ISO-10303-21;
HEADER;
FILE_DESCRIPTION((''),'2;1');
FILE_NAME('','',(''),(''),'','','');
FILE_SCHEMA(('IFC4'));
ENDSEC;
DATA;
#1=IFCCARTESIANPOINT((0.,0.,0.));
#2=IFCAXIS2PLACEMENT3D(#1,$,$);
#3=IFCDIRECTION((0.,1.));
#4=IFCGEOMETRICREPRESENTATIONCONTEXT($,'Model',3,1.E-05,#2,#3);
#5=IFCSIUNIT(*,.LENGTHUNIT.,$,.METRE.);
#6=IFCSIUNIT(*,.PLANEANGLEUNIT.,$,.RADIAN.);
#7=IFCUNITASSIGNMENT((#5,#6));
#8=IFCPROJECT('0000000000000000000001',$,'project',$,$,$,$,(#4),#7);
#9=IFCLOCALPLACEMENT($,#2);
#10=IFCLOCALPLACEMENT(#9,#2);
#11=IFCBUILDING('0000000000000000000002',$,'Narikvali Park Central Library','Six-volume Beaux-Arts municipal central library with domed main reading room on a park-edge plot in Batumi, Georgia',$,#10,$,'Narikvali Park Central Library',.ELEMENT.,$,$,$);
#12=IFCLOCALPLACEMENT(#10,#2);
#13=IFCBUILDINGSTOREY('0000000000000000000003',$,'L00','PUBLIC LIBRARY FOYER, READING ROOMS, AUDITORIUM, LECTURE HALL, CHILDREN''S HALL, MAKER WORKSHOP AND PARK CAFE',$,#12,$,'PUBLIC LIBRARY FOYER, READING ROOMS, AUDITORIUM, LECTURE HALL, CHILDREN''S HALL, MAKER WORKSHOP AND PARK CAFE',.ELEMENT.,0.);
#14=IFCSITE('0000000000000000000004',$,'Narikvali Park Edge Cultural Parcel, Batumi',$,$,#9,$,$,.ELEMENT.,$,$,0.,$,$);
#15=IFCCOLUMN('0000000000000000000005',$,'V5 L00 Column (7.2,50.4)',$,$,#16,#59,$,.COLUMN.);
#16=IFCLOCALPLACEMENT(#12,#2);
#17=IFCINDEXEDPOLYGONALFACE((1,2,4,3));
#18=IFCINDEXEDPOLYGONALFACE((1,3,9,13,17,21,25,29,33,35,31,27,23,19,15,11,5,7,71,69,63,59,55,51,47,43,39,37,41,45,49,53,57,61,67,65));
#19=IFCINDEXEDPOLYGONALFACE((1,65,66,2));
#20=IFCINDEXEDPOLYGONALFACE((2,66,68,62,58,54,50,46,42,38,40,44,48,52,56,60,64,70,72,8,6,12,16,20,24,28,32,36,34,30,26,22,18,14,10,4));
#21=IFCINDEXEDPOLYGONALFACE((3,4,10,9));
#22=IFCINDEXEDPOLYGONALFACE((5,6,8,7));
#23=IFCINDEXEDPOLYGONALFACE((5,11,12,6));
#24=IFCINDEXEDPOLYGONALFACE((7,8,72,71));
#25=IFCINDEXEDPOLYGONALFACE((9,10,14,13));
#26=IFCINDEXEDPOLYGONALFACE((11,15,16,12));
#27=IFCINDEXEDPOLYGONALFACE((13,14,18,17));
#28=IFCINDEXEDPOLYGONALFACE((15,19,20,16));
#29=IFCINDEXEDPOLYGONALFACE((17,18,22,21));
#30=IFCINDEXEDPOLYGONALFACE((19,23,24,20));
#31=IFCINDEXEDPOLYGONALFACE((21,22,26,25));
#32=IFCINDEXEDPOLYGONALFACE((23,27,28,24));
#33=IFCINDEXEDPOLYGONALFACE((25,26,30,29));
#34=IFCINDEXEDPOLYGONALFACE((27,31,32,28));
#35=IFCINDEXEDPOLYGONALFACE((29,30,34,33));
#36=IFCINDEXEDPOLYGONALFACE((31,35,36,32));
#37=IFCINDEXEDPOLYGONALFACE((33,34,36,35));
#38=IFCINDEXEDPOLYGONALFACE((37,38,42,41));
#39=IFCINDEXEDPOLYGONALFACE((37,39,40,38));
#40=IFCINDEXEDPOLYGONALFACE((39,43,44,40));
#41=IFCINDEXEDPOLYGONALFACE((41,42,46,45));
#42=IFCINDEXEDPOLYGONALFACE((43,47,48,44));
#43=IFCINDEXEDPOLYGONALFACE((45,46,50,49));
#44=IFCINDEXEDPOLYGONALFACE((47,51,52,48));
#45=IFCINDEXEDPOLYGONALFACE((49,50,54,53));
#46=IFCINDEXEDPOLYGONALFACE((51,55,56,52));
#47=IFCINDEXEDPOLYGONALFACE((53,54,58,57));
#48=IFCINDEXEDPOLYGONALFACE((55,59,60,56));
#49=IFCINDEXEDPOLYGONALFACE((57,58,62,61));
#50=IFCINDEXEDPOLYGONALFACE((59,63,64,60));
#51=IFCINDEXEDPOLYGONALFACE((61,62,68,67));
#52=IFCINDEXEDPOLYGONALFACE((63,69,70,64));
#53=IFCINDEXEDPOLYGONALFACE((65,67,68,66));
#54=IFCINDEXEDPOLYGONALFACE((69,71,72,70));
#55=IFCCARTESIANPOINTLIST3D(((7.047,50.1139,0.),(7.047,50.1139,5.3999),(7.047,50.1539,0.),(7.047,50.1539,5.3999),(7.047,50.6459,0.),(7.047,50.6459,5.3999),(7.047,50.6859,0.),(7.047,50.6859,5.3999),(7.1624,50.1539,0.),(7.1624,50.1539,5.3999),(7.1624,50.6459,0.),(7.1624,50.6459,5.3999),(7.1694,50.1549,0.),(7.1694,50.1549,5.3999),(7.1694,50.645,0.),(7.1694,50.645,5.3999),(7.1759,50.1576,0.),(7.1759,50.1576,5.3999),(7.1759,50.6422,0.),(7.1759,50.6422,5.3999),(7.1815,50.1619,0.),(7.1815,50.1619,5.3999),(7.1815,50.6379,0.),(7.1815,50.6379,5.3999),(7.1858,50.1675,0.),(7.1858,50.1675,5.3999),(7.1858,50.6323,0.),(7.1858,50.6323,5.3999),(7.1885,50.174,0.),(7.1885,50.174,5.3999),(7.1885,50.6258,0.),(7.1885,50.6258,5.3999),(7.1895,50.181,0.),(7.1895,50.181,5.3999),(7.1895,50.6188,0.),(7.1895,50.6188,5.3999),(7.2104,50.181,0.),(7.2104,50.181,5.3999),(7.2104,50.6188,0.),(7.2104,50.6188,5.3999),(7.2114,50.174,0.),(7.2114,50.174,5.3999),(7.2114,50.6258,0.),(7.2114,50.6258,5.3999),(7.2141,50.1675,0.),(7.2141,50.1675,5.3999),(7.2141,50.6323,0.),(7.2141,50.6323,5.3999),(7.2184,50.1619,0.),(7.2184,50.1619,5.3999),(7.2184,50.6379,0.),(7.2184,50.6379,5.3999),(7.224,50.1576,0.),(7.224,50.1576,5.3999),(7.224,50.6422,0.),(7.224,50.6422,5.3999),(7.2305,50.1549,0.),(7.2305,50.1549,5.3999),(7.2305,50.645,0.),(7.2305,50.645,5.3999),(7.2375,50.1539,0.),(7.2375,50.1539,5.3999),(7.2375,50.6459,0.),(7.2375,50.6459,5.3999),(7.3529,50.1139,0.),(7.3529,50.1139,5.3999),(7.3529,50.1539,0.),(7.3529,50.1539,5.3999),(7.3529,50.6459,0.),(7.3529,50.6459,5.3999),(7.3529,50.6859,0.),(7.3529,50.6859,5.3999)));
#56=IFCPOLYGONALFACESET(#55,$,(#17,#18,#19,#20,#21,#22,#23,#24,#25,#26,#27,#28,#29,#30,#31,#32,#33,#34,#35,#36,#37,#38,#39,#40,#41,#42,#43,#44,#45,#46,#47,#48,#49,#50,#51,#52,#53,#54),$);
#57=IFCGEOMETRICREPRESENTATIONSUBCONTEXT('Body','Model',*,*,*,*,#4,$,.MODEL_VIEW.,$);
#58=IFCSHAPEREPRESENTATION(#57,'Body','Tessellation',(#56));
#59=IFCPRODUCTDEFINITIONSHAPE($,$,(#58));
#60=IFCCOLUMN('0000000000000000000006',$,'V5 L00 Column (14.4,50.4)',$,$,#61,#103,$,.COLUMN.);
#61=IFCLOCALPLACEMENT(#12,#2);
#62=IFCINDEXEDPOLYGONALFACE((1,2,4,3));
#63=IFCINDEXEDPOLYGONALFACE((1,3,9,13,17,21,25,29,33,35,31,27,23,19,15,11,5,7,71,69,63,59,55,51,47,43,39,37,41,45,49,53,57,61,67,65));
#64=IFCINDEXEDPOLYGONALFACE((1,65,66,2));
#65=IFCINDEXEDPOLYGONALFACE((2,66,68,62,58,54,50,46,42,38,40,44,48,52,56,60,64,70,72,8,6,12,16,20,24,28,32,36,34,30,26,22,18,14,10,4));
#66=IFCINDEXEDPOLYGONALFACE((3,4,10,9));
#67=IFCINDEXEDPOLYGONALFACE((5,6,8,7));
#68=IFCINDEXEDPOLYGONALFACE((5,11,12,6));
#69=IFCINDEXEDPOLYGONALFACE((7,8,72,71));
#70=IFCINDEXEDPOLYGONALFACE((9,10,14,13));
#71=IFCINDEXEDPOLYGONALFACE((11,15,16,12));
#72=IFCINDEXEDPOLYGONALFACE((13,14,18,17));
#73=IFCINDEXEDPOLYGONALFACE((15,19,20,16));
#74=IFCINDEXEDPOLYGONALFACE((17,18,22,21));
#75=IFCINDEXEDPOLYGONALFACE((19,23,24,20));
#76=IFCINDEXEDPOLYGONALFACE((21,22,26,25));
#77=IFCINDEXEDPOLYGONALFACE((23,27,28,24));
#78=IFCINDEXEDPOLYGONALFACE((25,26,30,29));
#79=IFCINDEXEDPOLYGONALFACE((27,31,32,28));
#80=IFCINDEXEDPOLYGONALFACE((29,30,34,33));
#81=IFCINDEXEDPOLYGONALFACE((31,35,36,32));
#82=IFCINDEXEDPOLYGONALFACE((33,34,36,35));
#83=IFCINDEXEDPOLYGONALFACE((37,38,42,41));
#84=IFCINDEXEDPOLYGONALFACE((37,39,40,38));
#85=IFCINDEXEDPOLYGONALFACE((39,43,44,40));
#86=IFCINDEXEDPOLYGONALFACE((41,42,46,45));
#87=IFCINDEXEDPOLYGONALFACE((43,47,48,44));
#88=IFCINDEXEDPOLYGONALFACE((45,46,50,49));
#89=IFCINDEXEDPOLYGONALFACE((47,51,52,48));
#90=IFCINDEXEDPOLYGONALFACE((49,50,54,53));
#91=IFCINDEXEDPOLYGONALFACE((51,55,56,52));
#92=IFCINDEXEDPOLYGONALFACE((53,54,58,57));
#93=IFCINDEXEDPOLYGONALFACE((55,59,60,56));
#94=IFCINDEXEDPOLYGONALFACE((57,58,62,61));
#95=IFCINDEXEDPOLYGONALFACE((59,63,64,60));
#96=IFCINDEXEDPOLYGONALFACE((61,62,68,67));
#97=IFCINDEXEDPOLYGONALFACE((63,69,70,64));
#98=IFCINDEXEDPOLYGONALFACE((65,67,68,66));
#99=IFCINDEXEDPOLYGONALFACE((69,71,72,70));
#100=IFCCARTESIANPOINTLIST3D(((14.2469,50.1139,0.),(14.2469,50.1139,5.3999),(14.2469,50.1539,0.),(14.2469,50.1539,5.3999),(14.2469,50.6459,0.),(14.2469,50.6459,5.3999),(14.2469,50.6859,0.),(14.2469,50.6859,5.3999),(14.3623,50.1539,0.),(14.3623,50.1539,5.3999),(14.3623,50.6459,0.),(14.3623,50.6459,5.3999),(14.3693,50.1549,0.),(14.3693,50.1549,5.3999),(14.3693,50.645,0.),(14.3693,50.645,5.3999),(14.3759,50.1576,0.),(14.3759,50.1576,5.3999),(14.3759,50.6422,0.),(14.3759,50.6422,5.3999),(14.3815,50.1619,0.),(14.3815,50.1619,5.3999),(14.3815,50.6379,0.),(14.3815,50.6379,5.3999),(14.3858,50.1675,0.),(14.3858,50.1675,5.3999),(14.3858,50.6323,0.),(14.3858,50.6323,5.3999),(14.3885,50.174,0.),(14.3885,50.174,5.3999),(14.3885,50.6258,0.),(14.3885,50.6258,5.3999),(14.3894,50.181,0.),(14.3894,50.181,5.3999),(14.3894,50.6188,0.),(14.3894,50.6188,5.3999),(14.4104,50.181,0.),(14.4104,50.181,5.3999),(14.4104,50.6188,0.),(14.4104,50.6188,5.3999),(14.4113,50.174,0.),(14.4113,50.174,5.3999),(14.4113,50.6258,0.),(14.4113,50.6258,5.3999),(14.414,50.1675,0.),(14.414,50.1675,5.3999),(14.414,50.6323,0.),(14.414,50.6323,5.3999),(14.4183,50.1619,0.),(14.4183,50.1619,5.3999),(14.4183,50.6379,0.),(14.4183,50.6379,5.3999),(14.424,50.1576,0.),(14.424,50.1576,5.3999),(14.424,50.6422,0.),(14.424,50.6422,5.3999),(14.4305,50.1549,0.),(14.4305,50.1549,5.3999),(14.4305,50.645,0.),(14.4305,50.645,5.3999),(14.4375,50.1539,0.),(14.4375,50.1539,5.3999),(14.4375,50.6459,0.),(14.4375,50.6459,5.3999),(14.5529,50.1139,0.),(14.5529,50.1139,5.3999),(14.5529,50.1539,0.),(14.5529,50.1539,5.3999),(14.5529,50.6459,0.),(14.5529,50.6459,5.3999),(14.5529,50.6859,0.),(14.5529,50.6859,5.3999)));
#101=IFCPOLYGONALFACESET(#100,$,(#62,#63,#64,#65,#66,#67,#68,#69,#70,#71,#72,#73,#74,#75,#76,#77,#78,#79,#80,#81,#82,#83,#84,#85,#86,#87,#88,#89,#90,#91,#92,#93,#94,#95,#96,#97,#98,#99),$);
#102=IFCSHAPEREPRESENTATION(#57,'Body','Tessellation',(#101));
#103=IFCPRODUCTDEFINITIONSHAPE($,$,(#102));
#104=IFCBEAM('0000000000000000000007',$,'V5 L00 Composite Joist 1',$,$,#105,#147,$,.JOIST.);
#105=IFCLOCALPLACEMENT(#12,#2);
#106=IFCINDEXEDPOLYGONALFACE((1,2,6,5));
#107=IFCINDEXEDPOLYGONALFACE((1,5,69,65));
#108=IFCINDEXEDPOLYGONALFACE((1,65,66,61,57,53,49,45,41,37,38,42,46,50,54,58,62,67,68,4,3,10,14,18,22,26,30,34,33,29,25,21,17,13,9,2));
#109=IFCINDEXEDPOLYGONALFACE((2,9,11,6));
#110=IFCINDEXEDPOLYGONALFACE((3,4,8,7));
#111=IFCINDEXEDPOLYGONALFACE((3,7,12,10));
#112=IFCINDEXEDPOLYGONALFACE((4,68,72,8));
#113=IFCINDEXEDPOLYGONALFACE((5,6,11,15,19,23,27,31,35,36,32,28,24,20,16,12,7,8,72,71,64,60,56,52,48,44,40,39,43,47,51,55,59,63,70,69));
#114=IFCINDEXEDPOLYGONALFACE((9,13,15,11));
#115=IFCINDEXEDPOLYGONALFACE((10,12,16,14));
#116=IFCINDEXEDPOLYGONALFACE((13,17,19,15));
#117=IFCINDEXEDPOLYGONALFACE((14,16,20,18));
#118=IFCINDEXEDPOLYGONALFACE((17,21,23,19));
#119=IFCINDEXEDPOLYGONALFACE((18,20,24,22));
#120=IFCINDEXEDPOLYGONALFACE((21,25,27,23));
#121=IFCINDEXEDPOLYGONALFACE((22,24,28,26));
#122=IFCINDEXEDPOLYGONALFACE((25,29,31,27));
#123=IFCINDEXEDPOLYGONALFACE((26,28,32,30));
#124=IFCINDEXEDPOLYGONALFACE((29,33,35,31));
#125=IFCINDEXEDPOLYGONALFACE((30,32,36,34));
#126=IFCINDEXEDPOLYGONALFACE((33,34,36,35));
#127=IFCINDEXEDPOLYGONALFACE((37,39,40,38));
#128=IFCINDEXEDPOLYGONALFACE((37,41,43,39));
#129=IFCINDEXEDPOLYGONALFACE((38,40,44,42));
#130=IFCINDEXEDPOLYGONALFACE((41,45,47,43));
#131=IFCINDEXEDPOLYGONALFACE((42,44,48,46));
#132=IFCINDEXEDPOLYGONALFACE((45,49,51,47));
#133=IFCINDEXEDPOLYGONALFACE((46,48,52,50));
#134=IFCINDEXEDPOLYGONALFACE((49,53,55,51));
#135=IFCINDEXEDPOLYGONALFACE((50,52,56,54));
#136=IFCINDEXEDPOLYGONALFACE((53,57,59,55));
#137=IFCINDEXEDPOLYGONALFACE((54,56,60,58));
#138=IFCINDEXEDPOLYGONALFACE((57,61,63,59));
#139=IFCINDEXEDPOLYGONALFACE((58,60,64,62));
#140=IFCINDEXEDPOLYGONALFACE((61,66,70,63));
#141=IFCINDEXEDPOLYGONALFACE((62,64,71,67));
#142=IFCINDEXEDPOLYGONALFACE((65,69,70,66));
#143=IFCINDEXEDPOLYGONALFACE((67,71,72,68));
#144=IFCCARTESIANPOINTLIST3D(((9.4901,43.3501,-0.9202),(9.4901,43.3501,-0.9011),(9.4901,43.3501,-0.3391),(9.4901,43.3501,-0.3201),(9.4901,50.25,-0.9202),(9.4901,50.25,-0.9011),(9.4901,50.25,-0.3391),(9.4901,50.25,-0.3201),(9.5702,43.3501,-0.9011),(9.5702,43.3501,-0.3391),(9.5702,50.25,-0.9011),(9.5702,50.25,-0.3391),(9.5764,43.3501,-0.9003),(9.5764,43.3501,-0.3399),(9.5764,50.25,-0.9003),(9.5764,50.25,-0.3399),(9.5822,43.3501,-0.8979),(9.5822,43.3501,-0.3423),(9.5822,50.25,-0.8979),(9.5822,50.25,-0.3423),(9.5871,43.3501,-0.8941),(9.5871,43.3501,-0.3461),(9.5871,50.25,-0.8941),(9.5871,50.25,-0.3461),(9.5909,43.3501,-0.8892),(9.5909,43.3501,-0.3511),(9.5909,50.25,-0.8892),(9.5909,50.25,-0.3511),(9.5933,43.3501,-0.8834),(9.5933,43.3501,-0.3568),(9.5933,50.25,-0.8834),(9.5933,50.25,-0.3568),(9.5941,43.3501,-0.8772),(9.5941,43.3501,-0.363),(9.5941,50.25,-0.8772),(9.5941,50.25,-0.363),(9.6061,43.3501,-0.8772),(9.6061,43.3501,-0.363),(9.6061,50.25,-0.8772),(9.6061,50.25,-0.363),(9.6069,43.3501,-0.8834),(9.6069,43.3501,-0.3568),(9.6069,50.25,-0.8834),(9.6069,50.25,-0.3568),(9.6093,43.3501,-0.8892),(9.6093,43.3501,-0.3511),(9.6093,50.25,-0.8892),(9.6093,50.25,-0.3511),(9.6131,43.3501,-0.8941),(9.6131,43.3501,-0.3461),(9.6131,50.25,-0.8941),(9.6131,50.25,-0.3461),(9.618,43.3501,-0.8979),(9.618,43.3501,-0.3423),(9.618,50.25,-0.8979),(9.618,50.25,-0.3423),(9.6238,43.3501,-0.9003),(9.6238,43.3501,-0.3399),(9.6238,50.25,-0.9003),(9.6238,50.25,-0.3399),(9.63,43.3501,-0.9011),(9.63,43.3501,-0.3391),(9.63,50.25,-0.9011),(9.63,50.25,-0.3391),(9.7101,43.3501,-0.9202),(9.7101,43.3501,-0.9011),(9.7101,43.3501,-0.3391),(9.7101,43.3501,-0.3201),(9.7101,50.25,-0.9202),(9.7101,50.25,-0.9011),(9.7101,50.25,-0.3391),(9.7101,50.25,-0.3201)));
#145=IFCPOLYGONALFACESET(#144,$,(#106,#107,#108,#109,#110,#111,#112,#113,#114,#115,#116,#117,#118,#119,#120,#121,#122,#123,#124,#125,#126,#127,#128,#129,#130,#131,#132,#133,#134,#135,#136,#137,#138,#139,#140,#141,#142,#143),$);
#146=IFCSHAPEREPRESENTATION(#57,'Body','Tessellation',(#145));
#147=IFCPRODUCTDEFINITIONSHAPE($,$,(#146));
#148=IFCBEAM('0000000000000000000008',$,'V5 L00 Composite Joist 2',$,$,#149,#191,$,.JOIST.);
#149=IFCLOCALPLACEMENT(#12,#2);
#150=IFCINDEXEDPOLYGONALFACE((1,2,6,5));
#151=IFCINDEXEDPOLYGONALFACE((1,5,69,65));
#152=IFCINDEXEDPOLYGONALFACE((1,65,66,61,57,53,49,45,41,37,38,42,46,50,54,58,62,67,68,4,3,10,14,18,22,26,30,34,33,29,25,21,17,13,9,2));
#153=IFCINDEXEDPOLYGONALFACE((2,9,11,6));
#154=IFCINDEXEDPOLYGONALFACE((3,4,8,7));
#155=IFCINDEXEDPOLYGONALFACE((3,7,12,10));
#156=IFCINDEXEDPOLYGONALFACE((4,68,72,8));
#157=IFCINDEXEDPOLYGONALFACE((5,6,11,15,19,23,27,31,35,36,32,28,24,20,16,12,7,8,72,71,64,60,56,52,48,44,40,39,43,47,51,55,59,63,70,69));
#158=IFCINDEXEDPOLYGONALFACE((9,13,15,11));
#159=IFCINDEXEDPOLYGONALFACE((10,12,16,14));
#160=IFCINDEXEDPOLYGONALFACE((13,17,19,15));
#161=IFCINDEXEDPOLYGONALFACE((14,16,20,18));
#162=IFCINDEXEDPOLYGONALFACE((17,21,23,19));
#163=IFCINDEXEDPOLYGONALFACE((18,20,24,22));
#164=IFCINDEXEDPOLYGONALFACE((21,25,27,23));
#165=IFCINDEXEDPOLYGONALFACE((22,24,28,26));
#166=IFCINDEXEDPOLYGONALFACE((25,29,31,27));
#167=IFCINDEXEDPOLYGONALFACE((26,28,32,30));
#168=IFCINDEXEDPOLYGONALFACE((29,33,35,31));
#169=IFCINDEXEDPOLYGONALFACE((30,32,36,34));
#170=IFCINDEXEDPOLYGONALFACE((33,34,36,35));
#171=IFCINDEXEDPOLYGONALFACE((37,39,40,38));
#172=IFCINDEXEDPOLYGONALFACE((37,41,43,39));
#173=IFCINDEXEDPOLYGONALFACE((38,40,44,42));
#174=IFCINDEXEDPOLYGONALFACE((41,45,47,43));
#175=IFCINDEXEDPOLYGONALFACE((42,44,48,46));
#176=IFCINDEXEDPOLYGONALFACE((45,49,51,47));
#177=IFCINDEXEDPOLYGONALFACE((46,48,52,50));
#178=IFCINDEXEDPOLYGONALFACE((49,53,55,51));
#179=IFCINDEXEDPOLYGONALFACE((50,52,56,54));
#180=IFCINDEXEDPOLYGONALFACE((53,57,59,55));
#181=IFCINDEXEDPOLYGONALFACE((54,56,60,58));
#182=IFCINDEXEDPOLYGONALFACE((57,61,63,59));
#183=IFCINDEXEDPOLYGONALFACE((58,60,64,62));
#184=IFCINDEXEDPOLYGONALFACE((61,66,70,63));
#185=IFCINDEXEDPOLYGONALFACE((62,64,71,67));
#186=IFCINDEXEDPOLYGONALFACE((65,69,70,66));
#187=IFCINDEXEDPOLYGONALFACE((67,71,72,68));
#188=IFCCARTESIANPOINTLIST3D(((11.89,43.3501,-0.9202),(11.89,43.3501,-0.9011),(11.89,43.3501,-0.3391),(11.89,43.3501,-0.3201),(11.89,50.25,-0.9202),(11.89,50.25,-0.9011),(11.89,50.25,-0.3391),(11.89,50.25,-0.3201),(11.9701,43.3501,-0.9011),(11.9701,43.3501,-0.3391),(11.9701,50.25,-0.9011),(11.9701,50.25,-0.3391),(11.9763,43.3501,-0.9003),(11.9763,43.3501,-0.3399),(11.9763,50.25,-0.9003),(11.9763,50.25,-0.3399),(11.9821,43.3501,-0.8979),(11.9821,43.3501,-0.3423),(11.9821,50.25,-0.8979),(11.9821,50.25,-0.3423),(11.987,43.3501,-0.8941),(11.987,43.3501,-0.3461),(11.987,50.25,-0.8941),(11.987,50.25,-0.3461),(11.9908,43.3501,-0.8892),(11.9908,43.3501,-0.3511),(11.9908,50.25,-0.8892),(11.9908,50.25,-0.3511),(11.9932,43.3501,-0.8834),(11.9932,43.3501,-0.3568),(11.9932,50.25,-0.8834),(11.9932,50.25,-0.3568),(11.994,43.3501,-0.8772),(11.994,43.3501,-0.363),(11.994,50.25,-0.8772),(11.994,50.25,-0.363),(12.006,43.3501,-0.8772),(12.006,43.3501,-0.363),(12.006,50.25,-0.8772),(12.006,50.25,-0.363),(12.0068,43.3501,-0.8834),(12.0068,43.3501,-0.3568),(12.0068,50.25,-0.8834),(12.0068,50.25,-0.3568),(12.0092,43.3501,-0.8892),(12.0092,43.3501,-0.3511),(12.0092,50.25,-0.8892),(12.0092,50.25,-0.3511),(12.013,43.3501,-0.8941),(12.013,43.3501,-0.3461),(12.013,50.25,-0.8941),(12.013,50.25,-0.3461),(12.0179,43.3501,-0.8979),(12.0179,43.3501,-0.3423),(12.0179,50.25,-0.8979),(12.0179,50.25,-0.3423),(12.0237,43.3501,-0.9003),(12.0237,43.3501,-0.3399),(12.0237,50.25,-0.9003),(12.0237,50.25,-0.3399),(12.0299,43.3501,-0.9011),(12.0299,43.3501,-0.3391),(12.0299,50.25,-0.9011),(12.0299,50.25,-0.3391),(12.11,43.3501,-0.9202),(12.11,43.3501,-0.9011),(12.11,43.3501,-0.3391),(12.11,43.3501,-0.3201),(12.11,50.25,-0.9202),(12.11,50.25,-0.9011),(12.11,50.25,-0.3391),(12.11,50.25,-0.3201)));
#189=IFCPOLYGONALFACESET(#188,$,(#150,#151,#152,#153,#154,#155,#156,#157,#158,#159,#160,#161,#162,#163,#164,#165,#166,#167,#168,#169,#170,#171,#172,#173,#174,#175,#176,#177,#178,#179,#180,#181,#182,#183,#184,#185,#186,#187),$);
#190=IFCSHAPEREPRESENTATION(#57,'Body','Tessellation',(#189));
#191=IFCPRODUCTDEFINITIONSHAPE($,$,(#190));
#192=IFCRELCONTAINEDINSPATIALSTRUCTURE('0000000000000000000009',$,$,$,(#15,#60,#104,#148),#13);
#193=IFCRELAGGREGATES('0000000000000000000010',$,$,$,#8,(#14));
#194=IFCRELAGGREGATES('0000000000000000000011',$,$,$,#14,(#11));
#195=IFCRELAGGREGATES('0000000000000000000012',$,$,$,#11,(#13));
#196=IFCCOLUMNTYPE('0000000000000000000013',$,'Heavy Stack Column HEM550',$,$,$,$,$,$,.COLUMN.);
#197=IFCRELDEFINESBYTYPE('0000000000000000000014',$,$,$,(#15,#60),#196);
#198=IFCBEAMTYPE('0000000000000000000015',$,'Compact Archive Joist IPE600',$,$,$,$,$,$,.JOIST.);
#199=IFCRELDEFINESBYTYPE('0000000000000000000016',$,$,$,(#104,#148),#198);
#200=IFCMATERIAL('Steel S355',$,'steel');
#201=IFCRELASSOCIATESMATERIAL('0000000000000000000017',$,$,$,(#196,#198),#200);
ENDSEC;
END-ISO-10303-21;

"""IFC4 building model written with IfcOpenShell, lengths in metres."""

from ifc_helpers import new_model, si_unit, direction, frame, origin, origin_2d, place, context, subcontext, project, spatial, i_section, extrude, material, material_profile, profile_set, type_object, element, save


model = new_model("IFC4")

# Units and contexts
model_context = context("Model", 3, precision=1e-05, world=origin(), true_north=direction((0.0, 1.0)))
body_context = subcontext(model_context, "Body", "Model", "MODEL_VIEW")
ifc_project = project(units=[si_unit("LENGTHUNIT", "METRE"), si_unit("PLANEANGLEUNIT", "RADIAN")], contexts=[model_context])

# Site, building, storey
site_placement = place(None, origin())
site = spatial("IfcSite", under=ifc_project, at=site_placement, Name="Narikvali Park Edge Cultural Parcel, Batumi", CompositionType="ELEMENT", RefElevation=0.0)
building_placement = place(site_placement, origin())
building = spatial("IfcBuilding", under=site, at=building_placement, Name="Narikvali Park Central Library", Description="Six-volume Beaux-Arts municipal central library with domed main reading room on a park-edge plot in Batumi, Georgia", LongName="Narikvali Park Central Library", CompositionType="ELEMENT")
storey_placement = place(building_placement, origin())
storey = spatial("IfcBuildingStorey", under=building, at=storey_placement, Name="L00", Description="PUBLIC LIBRARY FOYER, READING ROOMS, AUDITORIUM, LECTURE HALL, CHILDREN'S HALL, MAKER WORKSHOP AND PARK CAFE", LongName="PUBLIC LIBRARY FOYER, READING ROOMS, AUDITORIUM, LECTURE HALL, CHILDREN'S HALL, MAKER WORKSHOP AND PARK CAFE", CompositionType="ELEMENT", Elevation=0.0)

# Columns
ifc_material_1 = material(Name="Steel S355", Category="steel")
ifc_material_profile_1 = material_profile(ifc_material_1, i_section(OverallWidth=0.3059, OverallDepth=0.572, WebThickness=0.021, FlangeThickness=0.04, FilletRadius=0.0271, at=origin_2d()), Name="HEM 550")
ifc_profile_set_1 = profile_set([ifc_material_profile_1], Name="Steel S355")
column_type = type_object("IfcColumnType", Name="Heavy Stack Column HEM550", PredefinedType="COLUMN", material=ifc_profile_set_1)
for number, where, z_axis, x_axis, name in (
    (1, (7.2, 50.3999, 0.0), (0.0, 0.0, 1.0), (1.0, 0.0, 0.0), "V5 L00 Column (7.2,50.4)"),
    (2, (14.3999, 50.3999, 0.0), (0.0, 0.0, 1.0), (1.0, 0.0, 0.0), "V5 L00 Column (14.4,50.4)"),
):
    element("IfcColumn", number, at=place(storey_placement, frame(where, z_axis=z_axis, x_axis=x_axis)), inside=storey, type_object=column_type, Name=name, PredefinedType="COLUMN", context=body_context, shape_type="SweptSolid", body=[
        extrude(i_section(OverallWidth=0.3059, OverallDepth=0.572, WebThickness=0.021, FlangeThickness=0.04, FilletRadius=0.0271, at=origin_2d()), origin(), (0.0, 0.0, 1.0), 5.3999),
    ])

# Beams
ifc_material_profile_2 = material_profile(ifc_material_1, i_section(OverallWidth=0.22, OverallDepth=0.6001, WebThickness=0.012, FlangeThickness=0.019, FilletRadius=0.0239, at=origin_2d()), Name="IPE 600")
ifc_profile_set_2 = profile_set([ifc_material_profile_2], Name="Steel S355")
beam_type_1 = type_object("IfcBeamType", Name="Compact Archive Joist IPE600", PredefinedType="JOIST", material=ifc_profile_set_2)
for number, where, z_axis, x_axis, name in (
    (3, (9.6001, 43.3501, -0.6201), (0.0, 1.0, 0.0), (-1.0, 0.0, 0.0), "V5 L00 Composite Joist 1"),
    (4, (12.0, 43.3501, -0.6201), (0.0, 1.0, 0.0), (-1.0, 0.0, 0.0), "V5 L00 Composite Joist 2"),
):
    element("IfcBeam", number, at=place(storey_placement, frame(where, z_axis=z_axis, x_axis=x_axis)), inside=storey, type_object=beam_type_1, Name=name, PredefinedType="JOIST", context=body_context, shape_type="SweptSolid", body=[
        extrude(i_section(OverallWidth=0.22, OverallDepth=0.6001, WebThickness=0.012, FlangeThickness=0.019, FilletRadius=0.0239, at=origin_2d()), origin(), (0.0, 0.0, 1.0), 6.8999),
    ])

save(model, "model.ifc")
